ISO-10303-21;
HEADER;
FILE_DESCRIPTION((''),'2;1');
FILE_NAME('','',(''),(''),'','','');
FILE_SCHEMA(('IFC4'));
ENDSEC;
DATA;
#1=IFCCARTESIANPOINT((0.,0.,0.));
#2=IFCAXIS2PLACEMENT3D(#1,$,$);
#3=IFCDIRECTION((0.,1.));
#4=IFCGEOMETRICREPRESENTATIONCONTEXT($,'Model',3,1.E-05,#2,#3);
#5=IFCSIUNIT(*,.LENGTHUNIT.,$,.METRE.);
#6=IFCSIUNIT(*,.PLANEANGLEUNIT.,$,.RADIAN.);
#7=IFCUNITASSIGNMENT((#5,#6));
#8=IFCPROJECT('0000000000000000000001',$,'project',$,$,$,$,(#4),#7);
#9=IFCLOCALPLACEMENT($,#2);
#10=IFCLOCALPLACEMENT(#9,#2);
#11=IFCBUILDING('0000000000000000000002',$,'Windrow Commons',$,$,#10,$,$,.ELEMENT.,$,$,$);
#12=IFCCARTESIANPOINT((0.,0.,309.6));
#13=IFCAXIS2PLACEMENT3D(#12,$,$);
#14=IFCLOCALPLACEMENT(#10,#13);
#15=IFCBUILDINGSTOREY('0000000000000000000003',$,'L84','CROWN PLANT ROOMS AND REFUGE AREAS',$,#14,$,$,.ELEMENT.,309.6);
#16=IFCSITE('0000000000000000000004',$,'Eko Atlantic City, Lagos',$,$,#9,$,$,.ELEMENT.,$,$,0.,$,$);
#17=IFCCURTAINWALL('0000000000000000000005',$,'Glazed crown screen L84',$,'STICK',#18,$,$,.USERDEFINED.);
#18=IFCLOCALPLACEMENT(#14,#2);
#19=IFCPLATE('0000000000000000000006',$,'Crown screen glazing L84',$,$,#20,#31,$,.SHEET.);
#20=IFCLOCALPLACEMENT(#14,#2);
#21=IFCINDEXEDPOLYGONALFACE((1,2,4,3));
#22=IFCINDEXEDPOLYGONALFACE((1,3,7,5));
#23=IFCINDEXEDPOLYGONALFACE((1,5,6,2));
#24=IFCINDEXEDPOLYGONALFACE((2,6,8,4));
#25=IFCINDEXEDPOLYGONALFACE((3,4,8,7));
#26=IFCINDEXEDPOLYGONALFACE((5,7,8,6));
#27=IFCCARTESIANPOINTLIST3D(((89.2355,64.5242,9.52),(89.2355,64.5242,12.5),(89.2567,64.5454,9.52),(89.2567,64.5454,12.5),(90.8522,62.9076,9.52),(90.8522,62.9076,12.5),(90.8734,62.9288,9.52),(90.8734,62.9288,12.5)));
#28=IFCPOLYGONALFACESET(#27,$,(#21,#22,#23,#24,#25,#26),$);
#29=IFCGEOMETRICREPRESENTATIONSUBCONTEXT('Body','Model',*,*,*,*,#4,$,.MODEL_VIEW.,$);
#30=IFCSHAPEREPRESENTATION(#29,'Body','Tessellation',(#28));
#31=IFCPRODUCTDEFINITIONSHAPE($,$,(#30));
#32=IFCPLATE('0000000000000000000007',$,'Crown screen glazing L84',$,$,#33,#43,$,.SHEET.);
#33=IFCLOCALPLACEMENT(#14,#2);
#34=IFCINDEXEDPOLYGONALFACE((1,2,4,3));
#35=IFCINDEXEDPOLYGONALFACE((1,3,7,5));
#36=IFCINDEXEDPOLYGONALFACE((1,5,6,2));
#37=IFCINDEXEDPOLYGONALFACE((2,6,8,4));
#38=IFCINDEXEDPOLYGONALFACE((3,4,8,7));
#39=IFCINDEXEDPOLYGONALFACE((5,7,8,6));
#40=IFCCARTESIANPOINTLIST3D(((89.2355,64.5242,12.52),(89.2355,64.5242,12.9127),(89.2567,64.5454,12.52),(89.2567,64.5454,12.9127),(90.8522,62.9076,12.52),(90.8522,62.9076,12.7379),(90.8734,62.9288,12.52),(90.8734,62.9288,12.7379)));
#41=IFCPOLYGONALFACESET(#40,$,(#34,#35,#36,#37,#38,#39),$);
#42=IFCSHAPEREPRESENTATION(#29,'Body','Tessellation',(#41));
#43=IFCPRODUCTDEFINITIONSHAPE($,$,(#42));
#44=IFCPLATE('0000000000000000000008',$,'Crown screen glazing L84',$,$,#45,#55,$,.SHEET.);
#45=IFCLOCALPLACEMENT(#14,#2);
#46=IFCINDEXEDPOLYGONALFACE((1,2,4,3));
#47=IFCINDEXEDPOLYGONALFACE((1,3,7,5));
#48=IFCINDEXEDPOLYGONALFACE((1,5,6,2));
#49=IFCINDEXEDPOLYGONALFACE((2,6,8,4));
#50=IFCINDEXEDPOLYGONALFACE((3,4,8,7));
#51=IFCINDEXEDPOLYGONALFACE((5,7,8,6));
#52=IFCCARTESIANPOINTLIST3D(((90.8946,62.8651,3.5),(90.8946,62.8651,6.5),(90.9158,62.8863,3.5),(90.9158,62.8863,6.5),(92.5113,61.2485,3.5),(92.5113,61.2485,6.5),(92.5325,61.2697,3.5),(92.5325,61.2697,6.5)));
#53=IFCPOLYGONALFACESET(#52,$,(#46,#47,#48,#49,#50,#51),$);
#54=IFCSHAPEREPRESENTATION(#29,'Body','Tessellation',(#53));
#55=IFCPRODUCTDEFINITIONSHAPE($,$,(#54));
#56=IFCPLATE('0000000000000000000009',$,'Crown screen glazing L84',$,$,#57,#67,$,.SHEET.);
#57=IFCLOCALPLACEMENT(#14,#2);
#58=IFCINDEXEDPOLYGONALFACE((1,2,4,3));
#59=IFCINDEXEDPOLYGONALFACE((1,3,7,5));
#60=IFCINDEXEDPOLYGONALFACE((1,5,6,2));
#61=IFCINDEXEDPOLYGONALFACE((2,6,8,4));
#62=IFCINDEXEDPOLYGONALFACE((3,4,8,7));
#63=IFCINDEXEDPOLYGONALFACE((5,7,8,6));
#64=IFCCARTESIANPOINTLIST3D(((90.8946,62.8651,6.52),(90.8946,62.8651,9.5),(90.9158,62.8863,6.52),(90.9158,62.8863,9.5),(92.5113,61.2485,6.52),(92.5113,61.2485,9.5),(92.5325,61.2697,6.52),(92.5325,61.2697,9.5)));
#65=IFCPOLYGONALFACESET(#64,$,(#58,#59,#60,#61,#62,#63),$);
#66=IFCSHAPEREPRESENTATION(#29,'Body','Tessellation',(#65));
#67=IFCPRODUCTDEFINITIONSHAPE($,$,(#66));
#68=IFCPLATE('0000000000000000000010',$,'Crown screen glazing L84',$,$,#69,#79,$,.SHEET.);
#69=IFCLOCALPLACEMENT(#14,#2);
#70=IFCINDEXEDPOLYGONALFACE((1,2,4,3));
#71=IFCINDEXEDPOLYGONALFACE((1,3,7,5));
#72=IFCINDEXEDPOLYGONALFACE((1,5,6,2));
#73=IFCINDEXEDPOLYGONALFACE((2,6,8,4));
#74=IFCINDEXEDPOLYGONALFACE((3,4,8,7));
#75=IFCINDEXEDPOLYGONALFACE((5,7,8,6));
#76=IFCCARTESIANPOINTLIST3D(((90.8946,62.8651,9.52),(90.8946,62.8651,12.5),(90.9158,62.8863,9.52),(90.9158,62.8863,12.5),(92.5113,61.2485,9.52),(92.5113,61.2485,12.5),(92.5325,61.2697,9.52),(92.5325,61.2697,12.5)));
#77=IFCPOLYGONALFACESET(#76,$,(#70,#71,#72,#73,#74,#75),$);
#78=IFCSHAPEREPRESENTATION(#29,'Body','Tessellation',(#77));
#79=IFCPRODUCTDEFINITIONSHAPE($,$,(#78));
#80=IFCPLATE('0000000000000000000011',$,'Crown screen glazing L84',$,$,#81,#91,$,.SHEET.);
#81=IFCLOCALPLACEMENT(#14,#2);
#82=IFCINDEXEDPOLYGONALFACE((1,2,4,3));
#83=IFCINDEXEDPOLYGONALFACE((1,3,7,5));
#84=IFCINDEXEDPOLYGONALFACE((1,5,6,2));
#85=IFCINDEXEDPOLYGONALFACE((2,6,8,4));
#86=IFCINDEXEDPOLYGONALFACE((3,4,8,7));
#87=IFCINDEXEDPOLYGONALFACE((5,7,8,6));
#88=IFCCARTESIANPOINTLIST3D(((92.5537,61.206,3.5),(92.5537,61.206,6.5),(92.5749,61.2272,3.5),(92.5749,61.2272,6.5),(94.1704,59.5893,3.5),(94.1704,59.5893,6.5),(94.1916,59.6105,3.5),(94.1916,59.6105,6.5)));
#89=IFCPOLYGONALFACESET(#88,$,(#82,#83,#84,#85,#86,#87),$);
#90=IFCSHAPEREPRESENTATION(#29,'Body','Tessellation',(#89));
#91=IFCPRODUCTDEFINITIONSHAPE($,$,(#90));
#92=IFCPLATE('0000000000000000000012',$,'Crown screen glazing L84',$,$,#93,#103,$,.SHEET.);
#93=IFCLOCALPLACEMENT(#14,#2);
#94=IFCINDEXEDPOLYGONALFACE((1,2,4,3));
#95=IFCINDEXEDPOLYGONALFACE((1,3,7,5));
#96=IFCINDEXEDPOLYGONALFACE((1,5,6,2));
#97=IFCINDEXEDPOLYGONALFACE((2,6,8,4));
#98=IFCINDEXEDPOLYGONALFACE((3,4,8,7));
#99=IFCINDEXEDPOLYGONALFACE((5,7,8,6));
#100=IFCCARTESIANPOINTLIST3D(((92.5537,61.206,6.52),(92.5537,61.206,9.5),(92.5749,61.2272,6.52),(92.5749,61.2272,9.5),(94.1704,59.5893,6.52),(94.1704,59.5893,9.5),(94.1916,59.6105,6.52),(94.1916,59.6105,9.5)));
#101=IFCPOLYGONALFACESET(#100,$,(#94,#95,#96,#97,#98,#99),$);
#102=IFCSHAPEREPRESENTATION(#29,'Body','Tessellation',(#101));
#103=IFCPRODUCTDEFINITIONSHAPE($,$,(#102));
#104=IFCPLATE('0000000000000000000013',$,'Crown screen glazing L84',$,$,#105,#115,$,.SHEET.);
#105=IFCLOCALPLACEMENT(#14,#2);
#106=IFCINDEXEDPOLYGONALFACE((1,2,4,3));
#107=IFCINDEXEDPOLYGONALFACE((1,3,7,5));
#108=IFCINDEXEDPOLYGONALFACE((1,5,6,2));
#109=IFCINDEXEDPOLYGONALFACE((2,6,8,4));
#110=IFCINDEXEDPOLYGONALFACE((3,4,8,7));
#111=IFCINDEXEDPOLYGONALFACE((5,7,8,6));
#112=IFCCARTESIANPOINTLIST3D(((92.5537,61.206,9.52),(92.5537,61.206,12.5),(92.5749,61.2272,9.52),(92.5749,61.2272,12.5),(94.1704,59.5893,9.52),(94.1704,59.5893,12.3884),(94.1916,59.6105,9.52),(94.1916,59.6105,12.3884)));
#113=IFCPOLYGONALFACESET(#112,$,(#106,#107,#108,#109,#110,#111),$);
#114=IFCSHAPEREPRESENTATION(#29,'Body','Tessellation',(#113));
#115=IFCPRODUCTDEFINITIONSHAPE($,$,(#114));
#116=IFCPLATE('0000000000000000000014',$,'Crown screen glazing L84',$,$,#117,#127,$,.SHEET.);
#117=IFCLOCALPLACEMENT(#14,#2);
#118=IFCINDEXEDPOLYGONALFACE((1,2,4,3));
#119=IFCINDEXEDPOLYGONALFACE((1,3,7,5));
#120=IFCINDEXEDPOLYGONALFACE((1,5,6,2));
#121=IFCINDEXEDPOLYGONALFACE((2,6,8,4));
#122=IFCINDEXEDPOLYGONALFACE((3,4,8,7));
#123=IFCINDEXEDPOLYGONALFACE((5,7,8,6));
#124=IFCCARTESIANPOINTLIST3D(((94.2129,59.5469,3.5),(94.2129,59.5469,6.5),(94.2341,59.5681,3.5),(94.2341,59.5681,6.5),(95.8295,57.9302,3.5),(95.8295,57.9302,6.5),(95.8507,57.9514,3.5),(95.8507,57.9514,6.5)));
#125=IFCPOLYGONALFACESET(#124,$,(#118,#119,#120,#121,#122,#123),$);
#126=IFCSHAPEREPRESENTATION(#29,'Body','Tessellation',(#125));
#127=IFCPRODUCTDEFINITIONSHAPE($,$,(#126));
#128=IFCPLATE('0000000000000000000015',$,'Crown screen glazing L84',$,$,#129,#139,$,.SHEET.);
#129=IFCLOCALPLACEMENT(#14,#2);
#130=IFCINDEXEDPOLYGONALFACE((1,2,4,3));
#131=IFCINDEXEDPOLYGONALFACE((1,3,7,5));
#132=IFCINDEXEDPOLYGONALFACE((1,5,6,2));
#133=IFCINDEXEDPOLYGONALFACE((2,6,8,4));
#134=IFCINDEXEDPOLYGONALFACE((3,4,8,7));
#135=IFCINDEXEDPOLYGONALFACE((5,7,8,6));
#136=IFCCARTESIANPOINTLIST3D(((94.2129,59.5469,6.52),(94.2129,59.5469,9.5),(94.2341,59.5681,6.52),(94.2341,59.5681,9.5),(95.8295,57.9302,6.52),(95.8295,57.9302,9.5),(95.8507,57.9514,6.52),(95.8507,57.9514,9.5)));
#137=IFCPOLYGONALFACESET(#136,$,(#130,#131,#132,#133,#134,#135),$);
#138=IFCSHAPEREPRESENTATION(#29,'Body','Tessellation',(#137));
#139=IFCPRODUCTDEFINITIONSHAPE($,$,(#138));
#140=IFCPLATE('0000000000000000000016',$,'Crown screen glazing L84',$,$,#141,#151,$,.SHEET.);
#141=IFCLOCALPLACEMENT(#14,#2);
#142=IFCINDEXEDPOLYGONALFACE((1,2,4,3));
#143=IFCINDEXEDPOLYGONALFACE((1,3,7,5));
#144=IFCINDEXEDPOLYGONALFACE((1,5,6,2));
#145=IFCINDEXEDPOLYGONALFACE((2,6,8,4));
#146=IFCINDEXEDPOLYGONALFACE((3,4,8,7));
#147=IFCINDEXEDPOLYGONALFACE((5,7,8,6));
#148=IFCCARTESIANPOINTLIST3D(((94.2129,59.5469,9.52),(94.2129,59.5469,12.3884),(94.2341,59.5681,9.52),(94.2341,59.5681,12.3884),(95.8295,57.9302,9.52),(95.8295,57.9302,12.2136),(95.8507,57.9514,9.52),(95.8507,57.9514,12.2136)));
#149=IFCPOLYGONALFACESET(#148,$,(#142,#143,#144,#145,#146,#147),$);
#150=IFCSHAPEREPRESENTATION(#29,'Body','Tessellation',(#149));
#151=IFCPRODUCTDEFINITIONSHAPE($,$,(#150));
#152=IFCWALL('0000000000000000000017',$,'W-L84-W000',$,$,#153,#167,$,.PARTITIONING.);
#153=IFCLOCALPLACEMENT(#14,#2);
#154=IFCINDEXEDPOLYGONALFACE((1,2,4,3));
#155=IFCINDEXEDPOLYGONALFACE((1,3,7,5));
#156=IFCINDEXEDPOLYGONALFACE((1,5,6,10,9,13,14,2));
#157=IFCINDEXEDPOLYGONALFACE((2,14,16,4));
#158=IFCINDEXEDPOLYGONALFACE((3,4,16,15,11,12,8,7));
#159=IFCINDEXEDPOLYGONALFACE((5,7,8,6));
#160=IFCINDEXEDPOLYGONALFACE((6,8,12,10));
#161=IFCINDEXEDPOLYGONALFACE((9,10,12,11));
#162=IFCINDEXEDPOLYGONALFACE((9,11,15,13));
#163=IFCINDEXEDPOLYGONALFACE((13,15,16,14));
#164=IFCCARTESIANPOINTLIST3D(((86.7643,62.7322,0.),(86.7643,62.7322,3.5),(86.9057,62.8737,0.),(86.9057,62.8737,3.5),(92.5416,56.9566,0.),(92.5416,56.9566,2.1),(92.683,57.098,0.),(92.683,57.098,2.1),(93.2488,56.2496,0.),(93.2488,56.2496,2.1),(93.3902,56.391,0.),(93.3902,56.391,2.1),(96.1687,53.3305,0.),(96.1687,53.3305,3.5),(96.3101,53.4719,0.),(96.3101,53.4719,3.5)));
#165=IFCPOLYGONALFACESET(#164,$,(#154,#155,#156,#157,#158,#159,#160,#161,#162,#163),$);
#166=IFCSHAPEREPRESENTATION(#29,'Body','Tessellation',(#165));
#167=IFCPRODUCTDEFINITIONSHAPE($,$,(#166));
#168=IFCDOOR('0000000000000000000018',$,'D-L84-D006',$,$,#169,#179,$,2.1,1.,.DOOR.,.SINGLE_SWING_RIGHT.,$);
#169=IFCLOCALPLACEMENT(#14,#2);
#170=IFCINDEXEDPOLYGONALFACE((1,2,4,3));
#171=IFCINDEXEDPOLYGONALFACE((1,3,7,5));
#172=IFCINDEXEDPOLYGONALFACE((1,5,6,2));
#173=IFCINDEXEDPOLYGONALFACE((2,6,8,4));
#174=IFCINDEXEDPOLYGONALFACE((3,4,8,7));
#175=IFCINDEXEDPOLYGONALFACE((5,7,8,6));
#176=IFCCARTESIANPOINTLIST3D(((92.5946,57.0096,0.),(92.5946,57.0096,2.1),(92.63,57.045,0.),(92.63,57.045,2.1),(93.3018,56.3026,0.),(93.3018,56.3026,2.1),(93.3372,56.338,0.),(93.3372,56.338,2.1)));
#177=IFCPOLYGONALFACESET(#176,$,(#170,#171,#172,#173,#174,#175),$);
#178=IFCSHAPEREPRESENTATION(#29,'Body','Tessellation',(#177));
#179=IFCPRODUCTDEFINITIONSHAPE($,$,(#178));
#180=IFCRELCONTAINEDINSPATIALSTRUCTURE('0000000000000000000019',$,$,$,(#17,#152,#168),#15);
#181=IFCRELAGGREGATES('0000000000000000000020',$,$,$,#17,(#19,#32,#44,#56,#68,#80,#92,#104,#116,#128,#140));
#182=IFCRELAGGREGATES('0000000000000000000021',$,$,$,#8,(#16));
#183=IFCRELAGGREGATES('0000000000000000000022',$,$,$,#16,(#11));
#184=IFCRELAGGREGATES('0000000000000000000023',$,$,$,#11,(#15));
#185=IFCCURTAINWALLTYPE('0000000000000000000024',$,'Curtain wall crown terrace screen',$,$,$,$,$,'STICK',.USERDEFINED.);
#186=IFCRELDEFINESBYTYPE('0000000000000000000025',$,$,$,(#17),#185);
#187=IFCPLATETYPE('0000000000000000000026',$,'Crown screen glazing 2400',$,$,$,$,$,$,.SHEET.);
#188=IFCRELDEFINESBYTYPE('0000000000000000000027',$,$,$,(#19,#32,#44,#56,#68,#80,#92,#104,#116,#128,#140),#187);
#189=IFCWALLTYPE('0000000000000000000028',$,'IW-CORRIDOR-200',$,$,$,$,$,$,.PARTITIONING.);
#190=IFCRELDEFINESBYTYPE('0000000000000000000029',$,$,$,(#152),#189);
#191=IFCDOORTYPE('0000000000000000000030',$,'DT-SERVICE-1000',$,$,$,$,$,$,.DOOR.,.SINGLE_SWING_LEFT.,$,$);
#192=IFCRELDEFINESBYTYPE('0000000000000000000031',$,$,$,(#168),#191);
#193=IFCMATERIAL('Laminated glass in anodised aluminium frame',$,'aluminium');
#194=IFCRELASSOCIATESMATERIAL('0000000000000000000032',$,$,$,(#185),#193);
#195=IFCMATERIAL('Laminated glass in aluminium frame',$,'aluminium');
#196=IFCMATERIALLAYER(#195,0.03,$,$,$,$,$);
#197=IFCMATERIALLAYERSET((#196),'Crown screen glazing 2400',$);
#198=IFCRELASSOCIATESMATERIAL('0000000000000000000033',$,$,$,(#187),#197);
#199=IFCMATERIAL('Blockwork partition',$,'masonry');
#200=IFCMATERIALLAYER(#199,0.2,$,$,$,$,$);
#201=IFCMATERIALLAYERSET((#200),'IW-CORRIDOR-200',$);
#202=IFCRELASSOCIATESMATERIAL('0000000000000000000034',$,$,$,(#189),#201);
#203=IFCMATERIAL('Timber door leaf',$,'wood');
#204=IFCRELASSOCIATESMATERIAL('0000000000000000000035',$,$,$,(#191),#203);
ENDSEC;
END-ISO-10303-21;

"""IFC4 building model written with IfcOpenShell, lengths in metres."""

from ifc_helpers import new_model, si_unit, direction, frame, frame_2d, origin, place, context, subcontext, project, spatial, polyline, rectangle, outline, extrude, material, layer, layer_set, type_object, element, fill, aggregate, save


model = new_model("IFC4")

# Units and contexts
model_context = context("Model", 3, precision=1e-05, world=origin(), true_north=direction((0.0, 1.0)))
body_context = subcontext(model_context, "Body", "Model", "MODEL_VIEW")
ifc_project = project(units=[si_unit("LENGTHUNIT", "METRE"), si_unit("PLANEANGLEUNIT", "RADIAN")], contexts=[model_context])

# Site, building, storey
site_placement = place(None, origin())
site = spatial("IfcSite", under=ifc_project, at=site_placement, Name="Eko Atlantic City, Lagos", CompositionType="ELEMENT", RefElevation=0.0)
building_placement = place(site_placement, origin())
building = spatial("IfcBuilding", under=site, at=building_placement, Name="Windrow Commons", CompositionType="ELEMENT")
storey_placement = place(building_placement, frame((0.0, 0.0, 309.6)))
storey = spatial("IfcBuildingStorey", under=building, at=storey_placement, Name="L84", Description="CROWN PLANT ROOMS AND REFUGE AREAS", CompositionType="ELEMENT", Elevation=309.6)

# Curtain wall
ifc_material_1 = material(Name="Laminated glass in anodised aluminium frame", Category="aluminium")
curtain_wall_type = type_object("IfcCurtainWallType", Name="Curtain wall crown terrace screen", ElementType="STICK", PredefinedType="USERDEFINED", material=ifc_material_1)
curtain_wall_placement = place(storey_placement, origin())
curtain_wall = element("IfcCurtainWall", 1, at=curtain_wall_placement, inside=storey, type_object=curtain_wall_type, Name="Glazed crown screen L84", ObjectType="STICK", PredefinedType="USERDEFINED")

# Plates
ifc_material_2 = material(Name="Laminated glass in aluminium frame", Category="aluminium")
ifc_layer_1 = layer(ifc_material_2, 0.03)
ifc_layer_set_1 = layer_set([ifc_layer_1], Name="Crown screen glazing 2400")
plate_type = type_object("IfcPlateType", Name="Crown screen glazing 2400", PredefinedType="SHEET", material=ifc_layer_set_1)
plate_1_placement = place(storey_placement, frame((89.2355, 64.5242, 9.52), z_axis=(-0.707085, -0.707129, 0.0), x_axis=(0.707129, -0.707085, 0.0)))
plate_1 = element("IfcPlate", 2, at=plate_1_placement, type_object=plate_type, Name="Crown screen glazing L84", PredefinedType="SHEET", context=body_context, shape_type="SweptSolid", body=[
    extrude(outline(polyline([(0.0, 0.0), (2.2863, 0.0), (2.2863, 2.98), (0.0, 2.98), (0.0, 0.0)])), origin(), (0.0, 0.0, -1.0), 0.03),
])
plate_2_placement = place(storey_placement, frame((89.2355, 64.5242, 12.52), z_axis=(-0.707085, -0.707129, 0.0), x_axis=(0.707129, -0.707085, 0.0)))
plate_2 = element("IfcPlate", 3, at=plate_2_placement, type_object=plate_type, Name="Crown screen glazing L84", PredefinedType="SHEET", context=body_context, shape_type="SweptSolid", body=[
    extrude(outline(polyline([(0.0, 0.0), (2.2863, 0.0), (2.2863, 0.2179), (0.0, 0.3927), (0.0, 0.0)])), origin(), (0.0, 0.0, -1.0), 0.03),
])
plate_3_placement = place(storey_placement, frame((90.8946, 62.8651, 3.5), z_axis=(-0.707085, -0.707129, 0.0), x_axis=(0.707129, -0.707085, 0.0)))
plate_3 = element("IfcPlate", 4, at=plate_3_placement, type_object=plate_type, Name="Crown screen glazing L84", PredefinedType="SHEET", context=body_context, shape_type="SweptSolid", body=[
    extrude(outline(polyline([(0.0, 0.0), (2.2863, 0.0), (2.2863, 3.0), (0.0, 3.0), (0.0, 0.0)])), origin(), (0.0, 0.0, -1.0), 0.03),
])
plate_4_placement = place(storey_placement, frame((90.8946, 62.8651, 6.52), z_axis=(-0.707085, -0.707129, 0.0), x_axis=(0.707129, -0.707085, 0.0)))
plate_4 = element("IfcPlate", 5, at=plate_4_placement, type_object=plate_type, Name="Crown screen glazing L84", PredefinedType="SHEET", context=body_context, shape_type="SweptSolid", body=[
    extrude(outline(polyline([(0.0, 0.0), (2.2863, 0.0), (2.2863, 2.98), (0.0, 2.98), (0.0, 0.0)])), origin(), (0.0, 0.0, -1.0), 0.03),
])
plate_5_placement = place(storey_placement, frame((90.8946, 62.8651, 9.52), z_axis=(-0.707085, -0.707129, 0.0), x_axis=(0.707129, -0.707085, 0.0)))
plate_5 = element("IfcPlate", 6, at=plate_5_placement, type_object=plate_type, Name="Crown screen glazing L84", PredefinedType="SHEET", context=body_context, shape_type="SweptSolid", body=[
    extrude(outline(polyline([(0.0, 0.0), (2.2863, 0.0), (2.2863, 2.98), (0.0, 2.98), (0.0, 0.0)])), origin(), (0.0, 0.0, -1.0), 0.03),
])
plate_6_placement = place(storey_placement, frame((92.5537, 61.206, 3.5), z_axis=(-0.707107, -0.707107, 0.0), x_axis=(0.707107, -0.707107, 0.0)))
plate_6 = element("IfcPlate", 7, at=plate_6_placement, type_object=plate_type, Name="Crown screen glazing L84", PredefinedType="SHEET", context=body_context, shape_type="SweptSolid", body=[
    extrude(outline(polyline([(0.0, 0.0), (2.2864, 0.0), (2.2864, 3.0), (0.0, 3.0), (0.0, 0.0)])), origin(), (0.0, 0.0, -1.0), 0.03),
])
plate_7_placement = place(storey_placement, frame((92.5537, 61.206, 6.52), z_axis=(-0.707107, -0.707107, 0.0), x_axis=(0.707107, -0.707107, 0.0)))
plate_7 = element("IfcPlate", 8, at=plate_7_placement, type_object=plate_type, Name="Crown screen glazing L84", PredefinedType="SHEET", context=body_context, shape_type="SweptSolid", body=[
    extrude(outline(polyline([(0.0, 0.0), (2.2864, 0.0), (2.2864, 2.98), (0.0, 2.98), (0.0, 0.0)])), origin(), (0.0, 0.0, -1.0), 0.03),
])
plate_8_placement = place(storey_placement, frame((92.5537, 61.206, 9.52), z_axis=(-0.707107, -0.707107, 0.0), x_axis=(0.707107, -0.707107, 0.0)))
plate_8 = element("IfcPlate", 9, at=plate_8_placement, type_object=plate_type, Name="Crown screen glazing L84", PredefinedType="SHEET", context=body_context, shape_type="SweptSolid", body=[
    extrude(outline(polyline([(0.0, 0.0), (2.2864, 0.0), (2.2864, 2.8684), (0.0, 2.98), (0.0, 0.0)])), origin(), (0.0, 0.0, -1.0), 0.03),
])
plate_9_placement = place(storey_placement, frame((94.2129, 59.5469, 3.5), z_axis=(-0.707129, -0.707085, 0.0), x_axis=(0.707085, -0.707129, 0.0)))
plate_9 = element("IfcPlate", 10, at=plate_9_placement, type_object=plate_type, Name="Crown screen glazing L84", PredefinedType="SHEET", context=body_context, shape_type="SweptSolid", body=[
    extrude(outline(polyline([(0.0, 0.0), (2.2863, 0.0), (2.2863, 3.0), (0.0, 3.0), (0.0, 0.0)])), origin(), (0.0, 0.0, -1.0), 0.03),
])
plate_10_placement = place(storey_placement, frame((94.2129, 59.5469, 6.52), z_axis=(-0.707129, -0.707085, 0.0), x_axis=(0.707085, -0.707129, 0.0)))
plate_10 = element("IfcPlate", 11, at=plate_10_placement, type_object=plate_type, Name="Crown screen glazing L84", PredefinedType="SHEET", context=body_context, shape_type="SweptSolid", body=[
    extrude(outline(polyline([(0.0, 0.0), (2.2863, 0.0), (2.2863, 2.98), (0.0, 2.98), (0.0, 0.0)])), origin(), (0.0, 0.0, -1.0), 0.03),
])
plate_11_placement = place(storey_placement, frame((94.2129, 59.5469, 9.52), z_axis=(-0.707129, -0.707085, 0.0), x_axis=(0.707085, -0.707129, 0.0)))
plate_11 = element("IfcPlate", 12, at=plate_11_placement, type_object=plate_type, Name="Crown screen glazing L84", PredefinedType="SHEET", context=body_context, shape_type="SweptSolid", body=[
    extrude(outline(polyline([(0.0, 0.0), (2.2863, 0.0), (2.2863, 2.6936), (0.0, 2.8684), (0.0, 0.0)])), origin(), (0.0, 0.0, -1.0), 0.03),
])
aggregate(curtain_wall, [plate_1, plate_2, plate_3, plate_4, plate_5, plate_6, plate_7, plate_8, plate_9, plate_10, plate_11])

# Wall, opening, door
ifc_material_3 = material(Name="Blockwork partition", Category="masonry")
ifc_layer_2 = layer(ifc_material_3, 0.2)
ifc_layer_set_2 = layer_set([ifc_layer_2], Name="IW-CORRIDOR-200")
wall_type_1 = type_object("IfcWallType", Name="IW-CORRIDOR-200", PredefinedType="PARTITIONING", material=ifc_layer_set_2)
wall_1_placement = place(storey_placement, frame((86.835, 62.803, 0.0), z_axis=(0.0, 0.0, 1.0), x_axis=(0.707205, -0.707009, 0.0)))
wall_1 = element("IfcWall", 13, at=wall_1_placement, inside=storey, type_object=wall_type_1, Name="W-L84-W000", PredefinedType="PARTITIONING", context=body_context, shape_type="SweptSolid", body=[
    extrude(rectangle(XDim=13.2979, YDim=0.2, at=frame_2d((6.649, 0.0))), origin(), (0.0, 0.0, 1.0), 3.5),
])
opening_1_placement = place(wall_1_placement, frame((8.1692, 0.0, 0.0)))
opening_1 = element("IfcOpeningElement", 14, at=opening_1_placement, cuts=wall_1, PredefinedType="OPENING", context=body_context, shape_type="SweptSolid", body=[
    extrude(rectangle(XDim=1.0, YDim=2.1, at=frame_2d((0.5, 1.05))), frame((0.0, 0.11, 0.0), z_axis=(0.0, -1.0, 0.0), x_axis=(1.0, 0.0, 0.0)), (0.0, 0.0, 1.0), 0.22),
])
ifc_material_4 = material(Name="Timber door leaf", Category="wood")
door_type_1 = type_object("IfcDoorType", Name="DT-SERVICE-1000", OperationType="SINGLE_SWING_LEFT", PredefinedType="DOOR", material=ifc_material_4)
door_1_placement = place(opening_1_placement, origin())
door_1 = element("IfcDoor", 15, at=door_1_placement, inside=storey, type_object=door_type_1, Name="D-L84-D006", OperationType="SINGLE_SWING_RIGHT", OverallHeight=2.1, OverallWidth=1.0, PredefinedType="DOOR", context=body_context, shape_type="SweptSolid", body=[
    extrude(rectangle(XDim=1.0, YDim=2.1, at=frame_2d((0.5, 1.05))), frame((0.0, 0.025, 0.0), z_axis=(0.0, -1.0, 0.0), x_axis=(1.0, 0.0, 0.0)), (0.0, 0.0, 1.0), 0.05),
])
fill(opening_1, door_1)

save(model, "model.ifc")
